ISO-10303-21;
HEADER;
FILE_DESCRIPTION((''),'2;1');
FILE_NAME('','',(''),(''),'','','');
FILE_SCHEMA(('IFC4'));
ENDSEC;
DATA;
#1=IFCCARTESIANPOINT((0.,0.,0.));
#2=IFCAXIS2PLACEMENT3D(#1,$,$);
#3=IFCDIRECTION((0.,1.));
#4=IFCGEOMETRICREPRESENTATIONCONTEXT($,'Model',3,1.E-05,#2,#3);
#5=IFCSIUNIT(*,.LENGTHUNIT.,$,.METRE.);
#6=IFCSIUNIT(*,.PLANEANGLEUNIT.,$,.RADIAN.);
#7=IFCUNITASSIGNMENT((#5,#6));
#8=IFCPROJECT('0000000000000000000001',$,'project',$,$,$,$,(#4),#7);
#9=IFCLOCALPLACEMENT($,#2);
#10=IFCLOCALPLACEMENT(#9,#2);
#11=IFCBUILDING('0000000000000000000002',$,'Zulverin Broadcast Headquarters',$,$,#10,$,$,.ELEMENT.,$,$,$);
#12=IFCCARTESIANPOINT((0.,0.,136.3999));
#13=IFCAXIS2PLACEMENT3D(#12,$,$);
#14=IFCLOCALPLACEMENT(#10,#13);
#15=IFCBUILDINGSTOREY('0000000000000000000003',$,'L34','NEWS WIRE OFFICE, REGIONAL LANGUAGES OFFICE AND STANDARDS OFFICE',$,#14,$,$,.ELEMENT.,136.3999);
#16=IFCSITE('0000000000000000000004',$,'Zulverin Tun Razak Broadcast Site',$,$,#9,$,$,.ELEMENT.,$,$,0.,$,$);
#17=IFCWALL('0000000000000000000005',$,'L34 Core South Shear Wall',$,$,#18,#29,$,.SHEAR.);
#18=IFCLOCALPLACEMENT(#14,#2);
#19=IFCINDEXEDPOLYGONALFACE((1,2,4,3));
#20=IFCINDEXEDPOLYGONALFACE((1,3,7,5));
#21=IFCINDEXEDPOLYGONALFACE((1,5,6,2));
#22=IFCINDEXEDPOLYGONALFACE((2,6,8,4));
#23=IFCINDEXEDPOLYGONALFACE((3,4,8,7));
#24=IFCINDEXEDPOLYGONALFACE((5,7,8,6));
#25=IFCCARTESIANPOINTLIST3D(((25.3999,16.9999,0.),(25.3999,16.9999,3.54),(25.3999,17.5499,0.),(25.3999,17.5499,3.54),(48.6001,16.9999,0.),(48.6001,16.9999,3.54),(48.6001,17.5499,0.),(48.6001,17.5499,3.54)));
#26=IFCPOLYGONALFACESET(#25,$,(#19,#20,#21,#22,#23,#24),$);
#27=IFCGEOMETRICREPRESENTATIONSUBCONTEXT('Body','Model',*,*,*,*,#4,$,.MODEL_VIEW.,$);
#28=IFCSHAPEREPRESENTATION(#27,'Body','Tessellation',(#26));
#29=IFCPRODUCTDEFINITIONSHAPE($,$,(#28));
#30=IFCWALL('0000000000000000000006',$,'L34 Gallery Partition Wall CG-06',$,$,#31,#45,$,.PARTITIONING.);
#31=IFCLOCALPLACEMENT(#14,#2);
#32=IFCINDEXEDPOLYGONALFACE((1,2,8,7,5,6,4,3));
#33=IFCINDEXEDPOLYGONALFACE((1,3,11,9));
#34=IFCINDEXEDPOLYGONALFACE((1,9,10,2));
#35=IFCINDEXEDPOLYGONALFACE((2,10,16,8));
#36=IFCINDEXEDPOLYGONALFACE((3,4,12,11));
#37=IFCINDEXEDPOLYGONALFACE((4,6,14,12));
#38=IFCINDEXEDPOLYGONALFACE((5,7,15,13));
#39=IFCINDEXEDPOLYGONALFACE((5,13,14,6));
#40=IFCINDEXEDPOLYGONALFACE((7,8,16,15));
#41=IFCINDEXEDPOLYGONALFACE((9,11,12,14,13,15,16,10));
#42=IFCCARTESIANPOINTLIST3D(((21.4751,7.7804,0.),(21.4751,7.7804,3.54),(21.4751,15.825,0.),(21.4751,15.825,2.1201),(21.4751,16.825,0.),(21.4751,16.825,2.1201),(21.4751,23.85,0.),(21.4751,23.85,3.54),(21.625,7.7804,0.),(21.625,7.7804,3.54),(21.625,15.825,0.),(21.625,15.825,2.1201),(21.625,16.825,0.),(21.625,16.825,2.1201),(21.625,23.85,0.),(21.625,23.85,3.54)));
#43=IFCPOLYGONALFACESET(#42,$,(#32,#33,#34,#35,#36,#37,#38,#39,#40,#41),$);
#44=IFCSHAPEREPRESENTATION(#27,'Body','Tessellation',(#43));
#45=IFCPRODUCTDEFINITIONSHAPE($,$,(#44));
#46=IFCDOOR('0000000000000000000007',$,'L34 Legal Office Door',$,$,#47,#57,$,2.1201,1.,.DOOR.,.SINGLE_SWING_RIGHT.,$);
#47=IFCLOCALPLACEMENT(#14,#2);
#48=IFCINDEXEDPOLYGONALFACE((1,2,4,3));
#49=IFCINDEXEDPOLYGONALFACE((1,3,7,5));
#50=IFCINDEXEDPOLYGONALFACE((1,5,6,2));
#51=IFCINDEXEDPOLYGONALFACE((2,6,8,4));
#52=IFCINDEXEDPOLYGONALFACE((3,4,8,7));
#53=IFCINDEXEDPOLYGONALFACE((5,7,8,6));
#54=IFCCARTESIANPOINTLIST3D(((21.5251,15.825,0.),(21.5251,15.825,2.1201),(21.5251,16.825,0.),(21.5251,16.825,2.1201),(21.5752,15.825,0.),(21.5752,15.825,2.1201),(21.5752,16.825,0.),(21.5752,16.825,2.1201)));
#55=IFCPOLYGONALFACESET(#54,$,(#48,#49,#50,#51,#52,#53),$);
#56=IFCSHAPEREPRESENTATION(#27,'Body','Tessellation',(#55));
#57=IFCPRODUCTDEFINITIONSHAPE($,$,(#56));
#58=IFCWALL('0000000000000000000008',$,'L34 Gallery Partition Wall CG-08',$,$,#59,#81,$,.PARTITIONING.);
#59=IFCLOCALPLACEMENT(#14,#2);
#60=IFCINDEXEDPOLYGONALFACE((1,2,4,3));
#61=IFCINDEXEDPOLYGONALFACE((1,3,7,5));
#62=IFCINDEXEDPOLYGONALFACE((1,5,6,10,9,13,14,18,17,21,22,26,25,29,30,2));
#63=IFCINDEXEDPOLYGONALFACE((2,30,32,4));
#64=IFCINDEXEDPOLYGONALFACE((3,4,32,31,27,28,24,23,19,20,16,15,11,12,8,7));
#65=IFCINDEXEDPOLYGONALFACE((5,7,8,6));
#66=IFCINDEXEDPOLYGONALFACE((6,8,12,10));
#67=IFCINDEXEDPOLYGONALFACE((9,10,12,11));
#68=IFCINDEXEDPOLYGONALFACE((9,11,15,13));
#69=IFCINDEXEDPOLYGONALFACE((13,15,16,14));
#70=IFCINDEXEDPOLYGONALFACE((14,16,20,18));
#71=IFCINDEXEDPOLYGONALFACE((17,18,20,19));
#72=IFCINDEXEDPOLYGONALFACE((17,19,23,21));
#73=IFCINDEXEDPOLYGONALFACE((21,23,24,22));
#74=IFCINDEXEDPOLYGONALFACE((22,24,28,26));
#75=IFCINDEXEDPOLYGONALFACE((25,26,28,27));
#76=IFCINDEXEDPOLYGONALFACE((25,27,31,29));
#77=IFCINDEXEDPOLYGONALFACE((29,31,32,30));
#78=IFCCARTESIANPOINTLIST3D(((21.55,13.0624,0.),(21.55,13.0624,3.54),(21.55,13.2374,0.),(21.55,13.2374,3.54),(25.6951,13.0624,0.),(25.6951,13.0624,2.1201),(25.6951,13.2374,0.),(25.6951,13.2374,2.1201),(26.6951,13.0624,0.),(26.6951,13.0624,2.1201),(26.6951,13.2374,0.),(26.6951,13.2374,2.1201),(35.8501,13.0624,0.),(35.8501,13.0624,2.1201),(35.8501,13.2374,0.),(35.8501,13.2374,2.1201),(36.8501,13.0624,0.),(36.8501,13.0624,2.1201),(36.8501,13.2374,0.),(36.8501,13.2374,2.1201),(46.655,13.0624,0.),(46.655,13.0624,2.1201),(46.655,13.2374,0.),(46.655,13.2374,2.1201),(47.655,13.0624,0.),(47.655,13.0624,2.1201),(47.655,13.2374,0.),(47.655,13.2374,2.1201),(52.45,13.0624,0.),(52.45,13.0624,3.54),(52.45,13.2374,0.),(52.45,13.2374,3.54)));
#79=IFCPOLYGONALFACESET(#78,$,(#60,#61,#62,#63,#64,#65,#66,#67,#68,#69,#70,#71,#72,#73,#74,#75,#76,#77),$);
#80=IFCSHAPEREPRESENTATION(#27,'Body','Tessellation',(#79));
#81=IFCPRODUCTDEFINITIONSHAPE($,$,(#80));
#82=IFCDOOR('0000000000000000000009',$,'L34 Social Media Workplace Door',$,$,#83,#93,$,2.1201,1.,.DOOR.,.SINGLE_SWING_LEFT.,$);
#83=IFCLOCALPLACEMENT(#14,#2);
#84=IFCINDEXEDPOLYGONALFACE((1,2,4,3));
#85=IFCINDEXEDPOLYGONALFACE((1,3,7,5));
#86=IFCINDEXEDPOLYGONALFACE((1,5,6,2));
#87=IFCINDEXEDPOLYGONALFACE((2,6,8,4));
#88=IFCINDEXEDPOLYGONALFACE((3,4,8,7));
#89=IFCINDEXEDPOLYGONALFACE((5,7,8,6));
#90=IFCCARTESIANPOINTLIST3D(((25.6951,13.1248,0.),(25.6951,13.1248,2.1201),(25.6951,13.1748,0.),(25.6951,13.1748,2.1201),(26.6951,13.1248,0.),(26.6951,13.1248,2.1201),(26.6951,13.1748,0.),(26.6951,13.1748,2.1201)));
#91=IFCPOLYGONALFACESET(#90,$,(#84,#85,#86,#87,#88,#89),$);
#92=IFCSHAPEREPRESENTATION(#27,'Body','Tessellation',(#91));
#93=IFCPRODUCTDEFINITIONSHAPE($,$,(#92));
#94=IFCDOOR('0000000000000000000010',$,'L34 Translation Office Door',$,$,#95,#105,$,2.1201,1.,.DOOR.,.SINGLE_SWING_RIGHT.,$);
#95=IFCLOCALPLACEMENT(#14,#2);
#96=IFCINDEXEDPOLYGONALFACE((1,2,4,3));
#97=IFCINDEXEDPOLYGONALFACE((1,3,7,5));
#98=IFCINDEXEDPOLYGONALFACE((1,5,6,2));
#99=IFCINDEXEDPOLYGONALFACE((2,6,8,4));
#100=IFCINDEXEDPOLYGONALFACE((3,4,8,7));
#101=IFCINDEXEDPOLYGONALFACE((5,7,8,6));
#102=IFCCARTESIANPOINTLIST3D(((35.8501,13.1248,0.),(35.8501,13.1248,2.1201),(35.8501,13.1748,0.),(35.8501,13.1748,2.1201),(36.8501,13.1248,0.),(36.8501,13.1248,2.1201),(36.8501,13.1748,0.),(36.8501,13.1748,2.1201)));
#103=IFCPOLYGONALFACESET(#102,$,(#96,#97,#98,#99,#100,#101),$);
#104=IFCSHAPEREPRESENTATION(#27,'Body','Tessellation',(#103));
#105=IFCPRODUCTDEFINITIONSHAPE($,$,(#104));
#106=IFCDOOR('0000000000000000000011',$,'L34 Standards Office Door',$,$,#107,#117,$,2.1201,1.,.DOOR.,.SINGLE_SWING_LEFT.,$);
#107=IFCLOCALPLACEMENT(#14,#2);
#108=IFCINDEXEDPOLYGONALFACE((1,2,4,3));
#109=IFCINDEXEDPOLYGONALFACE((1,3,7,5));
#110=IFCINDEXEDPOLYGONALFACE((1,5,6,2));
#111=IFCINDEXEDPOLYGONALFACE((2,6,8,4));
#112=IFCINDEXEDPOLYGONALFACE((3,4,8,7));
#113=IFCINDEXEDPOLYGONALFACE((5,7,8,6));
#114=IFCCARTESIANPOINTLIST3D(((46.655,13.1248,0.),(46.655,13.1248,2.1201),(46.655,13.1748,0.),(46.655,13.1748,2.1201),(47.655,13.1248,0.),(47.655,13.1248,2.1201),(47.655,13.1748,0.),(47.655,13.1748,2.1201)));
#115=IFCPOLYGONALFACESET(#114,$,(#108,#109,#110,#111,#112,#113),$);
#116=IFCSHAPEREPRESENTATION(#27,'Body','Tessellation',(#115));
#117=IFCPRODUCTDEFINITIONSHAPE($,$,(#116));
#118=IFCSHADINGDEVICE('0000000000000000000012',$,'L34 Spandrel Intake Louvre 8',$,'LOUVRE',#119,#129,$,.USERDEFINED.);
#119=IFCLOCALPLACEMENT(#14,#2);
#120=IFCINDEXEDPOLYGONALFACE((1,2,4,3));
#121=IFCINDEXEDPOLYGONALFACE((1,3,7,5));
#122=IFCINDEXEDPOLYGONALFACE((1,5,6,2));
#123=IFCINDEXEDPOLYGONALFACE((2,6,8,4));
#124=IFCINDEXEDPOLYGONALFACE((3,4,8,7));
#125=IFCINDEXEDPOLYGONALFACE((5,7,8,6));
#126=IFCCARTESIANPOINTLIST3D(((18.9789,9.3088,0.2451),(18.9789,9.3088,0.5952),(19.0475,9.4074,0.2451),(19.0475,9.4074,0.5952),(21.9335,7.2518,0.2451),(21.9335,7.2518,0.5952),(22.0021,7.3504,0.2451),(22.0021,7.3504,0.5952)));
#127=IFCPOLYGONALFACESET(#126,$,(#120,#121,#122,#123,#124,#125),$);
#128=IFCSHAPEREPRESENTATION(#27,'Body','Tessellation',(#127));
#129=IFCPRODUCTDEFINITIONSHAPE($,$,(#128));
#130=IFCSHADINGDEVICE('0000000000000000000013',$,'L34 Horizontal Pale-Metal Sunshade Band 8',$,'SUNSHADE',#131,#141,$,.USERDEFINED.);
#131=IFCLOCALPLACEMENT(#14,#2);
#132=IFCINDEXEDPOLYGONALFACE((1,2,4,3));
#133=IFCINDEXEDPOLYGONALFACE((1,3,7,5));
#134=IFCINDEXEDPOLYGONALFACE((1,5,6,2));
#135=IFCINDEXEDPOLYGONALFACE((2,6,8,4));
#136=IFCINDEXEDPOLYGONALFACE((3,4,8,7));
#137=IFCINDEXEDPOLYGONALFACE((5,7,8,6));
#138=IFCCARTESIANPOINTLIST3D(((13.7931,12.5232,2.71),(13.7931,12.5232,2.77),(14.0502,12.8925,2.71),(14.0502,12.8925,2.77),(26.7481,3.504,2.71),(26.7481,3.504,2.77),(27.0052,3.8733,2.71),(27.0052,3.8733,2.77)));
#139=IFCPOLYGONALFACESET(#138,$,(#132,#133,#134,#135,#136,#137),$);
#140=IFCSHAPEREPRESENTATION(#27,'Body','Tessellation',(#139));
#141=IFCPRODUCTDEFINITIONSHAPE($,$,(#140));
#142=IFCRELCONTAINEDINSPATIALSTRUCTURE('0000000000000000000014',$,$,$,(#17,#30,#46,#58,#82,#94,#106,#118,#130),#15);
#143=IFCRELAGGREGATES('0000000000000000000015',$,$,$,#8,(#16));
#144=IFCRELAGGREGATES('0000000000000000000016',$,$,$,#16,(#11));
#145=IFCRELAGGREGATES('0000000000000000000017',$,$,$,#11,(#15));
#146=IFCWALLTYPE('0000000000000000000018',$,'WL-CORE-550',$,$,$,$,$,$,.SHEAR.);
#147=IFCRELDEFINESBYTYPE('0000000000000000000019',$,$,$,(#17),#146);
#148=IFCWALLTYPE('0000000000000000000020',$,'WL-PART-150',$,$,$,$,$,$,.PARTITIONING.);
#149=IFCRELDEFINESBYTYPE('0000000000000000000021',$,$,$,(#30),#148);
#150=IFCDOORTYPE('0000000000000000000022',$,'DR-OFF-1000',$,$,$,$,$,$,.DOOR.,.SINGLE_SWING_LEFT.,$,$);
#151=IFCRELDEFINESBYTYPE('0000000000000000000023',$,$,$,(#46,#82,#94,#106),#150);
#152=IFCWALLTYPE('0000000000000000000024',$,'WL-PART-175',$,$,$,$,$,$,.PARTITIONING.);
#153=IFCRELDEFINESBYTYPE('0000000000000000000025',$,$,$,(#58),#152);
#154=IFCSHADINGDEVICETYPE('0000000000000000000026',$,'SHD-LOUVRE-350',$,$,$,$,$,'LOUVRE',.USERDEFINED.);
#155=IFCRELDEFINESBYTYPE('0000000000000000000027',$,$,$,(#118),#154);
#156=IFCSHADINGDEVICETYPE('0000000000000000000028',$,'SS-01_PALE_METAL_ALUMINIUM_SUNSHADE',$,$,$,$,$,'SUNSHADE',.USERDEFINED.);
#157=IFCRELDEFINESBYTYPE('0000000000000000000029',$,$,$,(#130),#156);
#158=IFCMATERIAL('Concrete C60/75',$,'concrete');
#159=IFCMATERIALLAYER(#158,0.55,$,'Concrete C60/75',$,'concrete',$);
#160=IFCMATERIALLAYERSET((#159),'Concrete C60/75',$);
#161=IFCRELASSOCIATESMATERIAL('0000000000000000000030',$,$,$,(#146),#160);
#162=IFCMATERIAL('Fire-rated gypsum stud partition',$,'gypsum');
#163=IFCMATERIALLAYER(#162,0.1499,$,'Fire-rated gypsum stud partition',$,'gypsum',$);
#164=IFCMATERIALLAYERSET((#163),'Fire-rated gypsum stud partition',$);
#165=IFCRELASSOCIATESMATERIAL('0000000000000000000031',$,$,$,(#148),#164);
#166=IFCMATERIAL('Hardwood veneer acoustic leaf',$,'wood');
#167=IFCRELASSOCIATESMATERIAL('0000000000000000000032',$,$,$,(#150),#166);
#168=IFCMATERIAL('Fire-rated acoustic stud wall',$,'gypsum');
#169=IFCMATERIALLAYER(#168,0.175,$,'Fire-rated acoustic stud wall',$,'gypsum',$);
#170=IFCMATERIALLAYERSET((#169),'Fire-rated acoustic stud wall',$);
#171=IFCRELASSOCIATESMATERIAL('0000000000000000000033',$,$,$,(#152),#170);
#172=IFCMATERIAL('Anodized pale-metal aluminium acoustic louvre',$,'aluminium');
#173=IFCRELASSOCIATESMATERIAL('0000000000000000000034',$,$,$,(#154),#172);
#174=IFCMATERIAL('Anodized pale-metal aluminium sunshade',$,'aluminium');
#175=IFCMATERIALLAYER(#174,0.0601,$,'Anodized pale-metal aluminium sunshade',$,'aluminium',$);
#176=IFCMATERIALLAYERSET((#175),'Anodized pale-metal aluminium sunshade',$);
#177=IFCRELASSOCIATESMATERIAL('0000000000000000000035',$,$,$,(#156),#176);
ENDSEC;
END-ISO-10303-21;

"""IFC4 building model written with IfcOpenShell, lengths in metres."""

from ifc_helpers import new_model, si_unit, direction, frame, frame_2d, origin, origin_2d, place, context, subcontext, project, spatial, rectangle, extrude, material, layer, layer_set, type_object, element, fill, save


model = new_model("IFC4")

# Units and contexts
model_context = context("Model", 3, precision=1e-05, world=origin(), true_north=direction((0.0, 1.0)))
body_context = subcontext(model_context, "Body", "Model", "MODEL_VIEW")
ifc_project = project(units=[si_unit("LENGTHUNIT", "METRE"), si_unit("PLANEANGLEUNIT", "RADIAN")], contexts=[model_context])

# Site, building, storey
site_placement = place(None, origin())
site = spatial("IfcSite", under=ifc_project, at=site_placement, Name="Zulverin Tun Razak Broadcast Site", CompositionType="ELEMENT", RefElevation=0.0)
building_placement = place(site_placement, origin())
building = spatial("IfcBuilding", under=site, at=building_placement, Name="Zulverin Broadcast Headquarters", CompositionType="ELEMENT")
storey_placement = place(building_placement, frame((0.0, 0.0, 136.3999)))
storey = spatial("IfcBuildingStorey", under=building, at=storey_placement, Name="L34", Description="NEWS WIRE OFFICE, REGIONAL LANGUAGES OFFICE AND STANDARDS OFFICE", CompositionType="ELEMENT", Elevation=136.3999)

# Shared definitions
ifc_material_1 = material(Name="Concrete C60/75", Category="concrete")

# Wall
ifc_layer_1 = layer(ifc_material_1, 0.55, Name="Concrete C60/75", Category="concrete")
ifc_layer_set_1 = layer_set([ifc_layer_1], Name="Concrete C60/75")
wall_type_1 = type_object("IfcWallType", Name="WL-CORE-550", PredefinedType="SHEAR", material=ifc_layer_set_1)
wall_1_placement = place(storey_placement, frame((25.3999, 17.2749, 0.0), z_axis=(0.0, 0.0, 1.0), x_axis=(1.0, 0.0, 0.0)))
element("IfcWall", 1, at=wall_1_placement, inside=storey, type_object=wall_type_1, Name="L34 Core South Shear Wall", PredefinedType="SHEAR", context=body_context, shape_type="SweptSolid", body=[
    extrude(rectangle(XDim=23.2002, YDim=0.55, at=frame_2d((11.6001, 0.0))), origin(), (0.0, 0.0, 1.0), 3.54),
])

# Wall, opening, door
ifc_material_2 = material(Name="Fire-rated gypsum stud partition", Category="gypsum")
ifc_layer_2 = layer(ifc_material_2, 0.1499, Name="Fire-rated gypsum stud partition", Category="gypsum")
ifc_layer_set_2 = layer_set([ifc_layer_2], Name="Fire-rated gypsum stud partition")
wall_type_2 = type_object("IfcWallType", Name="WL-PART-150", PredefinedType="PARTITIONING", material=ifc_layer_set_2)
wall_2_placement = place(storey_placement, frame((21.55, 7.7805, 0.0), z_axis=(0.0, 0.0, 1.0), x_axis=(0.0, 1.0, 0.0)))
wall_2 = element("IfcWall", 2, at=wall_2_placement, inside=storey, type_object=wall_type_2, Name="L34 Gallery Partition Wall CG-06", PredefinedType="PARTITIONING", context=body_context, shape_type="SweptSolid", body=[
    extrude(rectangle(XDim=16.0696, YDim=0.1499, at=frame_2d((8.0347, 0.0))), origin(), (0.0, 0.0, 1.0), 3.54),
])
opening_1_placement = place(wall_2_placement, frame((8.0444, 0.0, 0.0)))
opening_1 = element("IfcOpeningElement", 3, at=opening_1_placement, cuts=wall_2, PredefinedType="OPENING", context=body_context, shape_type="SweptSolid", body=[
    extrude(rectangle(XDim=1.0, YDim=2.1201, at=frame_2d((0.5, 1.0601))), frame((0.0, 0.085, 0.0), z_axis=(0.0, -1.0, 0.0), x_axis=(1.0, 0.0, 0.0)), (0.0, 0.0, 1.0), 0.1699),
])
ifc_material_3 = material(Name="Hardwood veneer acoustic leaf", Category="wood")
door_type_1 = type_object("IfcDoorType", Name="DR-OFF-1000", OperationType="SINGLE_SWING_LEFT", PredefinedType="DOOR", material=ifc_material_3)
door_1_placement = place(opening_1_placement, origin())
door_1 = element("IfcDoor", 4, at=door_1_placement, inside=storey, type_object=door_type_1, Name="L34 Legal Office Door", OperationType="SINGLE_SWING_RIGHT", OverallHeight=2.1201, OverallWidth=1.0, PredefinedType="DOOR", context=body_context, shape_type="SweptSolid", body=[
    extrude(rectangle(XDim=1.0, YDim=2.1201, at=frame_2d((0.5, 1.0601))), frame((0.0, 0.0249, 0.0), z_axis=(0.0, -1.0, 0.0), x_axis=(1.0, 0.0, 0.0)), (0.0, 0.0, 1.0), 0.05),
])
fill(opening_1, door_1)

# Wall, openings, doors
ifc_material_4 = material(Name="Fire-rated acoustic stud wall", Category="gypsum")
ifc_layer_3 = layer(ifc_material_4, 0.175, Name="Fire-rated acoustic stud wall", Category="gypsum")
ifc_layer_set_3 = layer_set([ifc_layer_3], Name="Fire-rated acoustic stud wall")
wall_type_3 = type_object("IfcWallType", Name="WL-PART-175", PredefinedType="PARTITIONING", material=ifc_layer_set_3)
wall_3_placement = place(storey_placement, frame((21.55, 13.1499, 0.0), z_axis=(0.0, 0.0, 1.0), x_axis=(1.0, 0.0, 0.0)))
wall_3 = element("IfcWall", 5, at=wall_3_placement, inside=storey, type_object=wall_type_3, Name="L34 Gallery Partition Wall CG-08", PredefinedType="PARTITIONING", context=body_context, shape_type="SweptSolid", body=[
    extrude(rectangle(XDim=30.8999, YDim=0.175, at=frame_2d((15.45, 0.0))), origin(), (0.0, 0.0, 1.0), 3.54),
])
opening_2_placement = place(wall_3_placement, frame((4.145, 0.0, 0.0)))
opening_2 = element("IfcOpeningElement", 6, at=opening_2_placement, cuts=wall_3, PredefinedType="OPENING", context=body_context, shape_type="SweptSolid", body=[
    extrude(rectangle(XDim=1.0, YDim=2.1201, at=frame_2d((0.5, 1.0601))), frame((0.0, 0.0974, 0.0), z_axis=(0.0, -1.0, 0.0), x_axis=(1.0, 0.0, 0.0)), (0.0, 0.0, 1.0), 0.1951),
])
opening_3_placement = place(wall_3_placement, frame((14.3, 0.0, 0.0)))
opening_3 = element("IfcOpeningElement", 7, at=opening_3_placement, cuts=wall_3, PredefinedType="OPENING", context=body_context, shape_type="SweptSolid", body=[
    extrude(rectangle(XDim=1.0, YDim=2.1201, at=frame_2d((0.5, 1.0601))), frame((0.0, 0.0974, 0.0), z_axis=(0.0, -1.0, 0.0), x_axis=(1.0, 0.0, 0.0)), (0.0, 0.0, 1.0), 0.1951),
])
opening_4_placement = place(wall_3_placement, frame((25.105, 0.0, 0.0)))
opening_4 = element("IfcOpeningElement", 8, at=opening_4_placement, cuts=wall_3, PredefinedType="OPENING", context=body_context, shape_type="SweptSolid", body=[
    extrude(rectangle(XDim=1.0, YDim=2.1201, at=frame_2d((0.5, 1.0601))), frame((0.0, 0.0974, 0.0), z_axis=(0.0, -1.0, 0.0), x_axis=(1.0, 0.0, 0.0)), (0.0, 0.0, 1.0), 0.1951),
])
door_2_placement = place(opening_2_placement, origin())
door_2 = element("IfcDoor", 9, at=door_2_placement, inside=storey, type_object=door_type_1, Name="L34 Social Media Workplace Door", OperationType="SINGLE_SWING_LEFT", OverallHeight=2.1201, OverallWidth=1.0, PredefinedType="DOOR", context=body_context, shape_type="SweptSolid", body=[
    extrude(rectangle(XDim=1.0, YDim=2.1201, at=frame_2d((0.5, 1.0601))), frame((0.0, 0.0249, 0.0), z_axis=(0.0, -1.0, 0.0), x_axis=(1.0, 0.0, 0.0)), (0.0, 0.0, 1.0), 0.05),
])
fill(opening_2, door_2)
door_3_placement = place(opening_3_placement, origin())
door_3 = element("IfcDoor", 10, at=door_3_placement, inside=storey, type_object=door_type_1, Name="L34 Translation Office Door", OperationType="SINGLE_SWING_RIGHT", OverallHeight=2.1201, OverallWidth=1.0, PredefinedType="DOOR", context=body_context, shape_type="SweptSolid", body=[
    extrude(rectangle(XDim=1.0, YDim=2.1201, at=frame_2d((0.5, 1.0601))), frame((0.0, 0.0249, 0.0), z_axis=(0.0, -1.0, 0.0), x_axis=(1.0, 0.0, 0.0)), (0.0, 0.0, 1.0), 0.05),
])
fill(opening_3, door_3)
door_4_placement = place(opening_4_placement, origin())
door_4 = element("IfcDoor", 11, at=door_4_placement, inside=storey, type_object=door_type_1, Name="L34 Standards Office Door", OperationType="SINGLE_SWING_LEFT", OverallHeight=2.1201, OverallWidth=1.0, PredefinedType="DOOR", context=body_context, shape_type="SweptSolid", body=[
    extrude(rectangle(XDim=1.0, YDim=2.1201, at=frame_2d((0.5, 1.0601))), frame((0.0, 0.0249, 0.0), z_axis=(0.0, -1.0, 0.0), x_axis=(1.0, 0.0, 0.0)), (0.0, 0.0, 1.0), 0.05),
])
fill(opening_4, door_4)

# Shading devices
ifc_material_5 = material(Name="Anodized pale-metal aluminium acoustic louvre", Category="aluminium")
shading_device_type_1 = type_object("IfcShadingDeviceType", Name="SHD-LOUVRE-350", ElementType="LOUVRE", PredefinedType="USERDEFINED", material=ifc_material_5)
shading_device_1_placement = place(storey_placement, frame((20.4905, 8.3296, 0.2451), z_axis=(0.0, 0.0, 1.0), x_axis=(0.820696, -0.571365, 0.0)))
element("IfcShadingDevice", 12, at=shading_device_1_placement, inside=storey, type_object=shading_device_type_1, Name="L34 Spandrel Intake Louvre 8", ObjectType="LOUVRE", PredefinedType="USERDEFINED", context=body_context, shape_type="SweptSolid", body=[
    extrude(rectangle(XDim=3.6001, YDim=0.1201, at=origin_2d()), origin(), (0.0, 0.0, 1.0), 0.3501),
])
ifc_material_6 = material(Name="Anodized pale-metal aluminium sunshade", Category="aluminium")
ifc_layer_4 = layer(ifc_material_6, 0.0601, Name="Anodized pale-metal aluminium sunshade", Category="aluminium")
ifc_layer_set_4 = layer_set([ifc_layer_4], Name="Anodized pale-metal aluminium sunshade")
shading_device_type_2 = type_object("IfcShadingDeviceType", Name="SS-01_PALE_METAL_ALUMINIUM_SUNSHADE", ElementType="SUNSHADE", PredefinedType="USERDEFINED", material=ifc_layer_set_4)
shading_device_2_placement = place(storey_placement, frame((20.3992, 8.1982, 2.71), z_axis=(0.0, 0.0, 1.0), x_axis=(0.820696, -0.571365, 0.0)))
element("IfcShadingDevice", 13, at=shading_device_2_placement, inside=storey, type_object=shading_device_type_2, Name="L34 Horizontal Pale-Metal Sunshade Band 8", ObjectType="SUNSHADE", PredefinedType="USERDEFINED", context=body_context, shape_type="SweptSolid", body=[
    extrude(rectangle(XDim=15.7854, YDim=0.45, at=origin_2d()), origin(), (0.0, 0.0, 1.0), 0.0601),
])

save(model, "model.ifc")
